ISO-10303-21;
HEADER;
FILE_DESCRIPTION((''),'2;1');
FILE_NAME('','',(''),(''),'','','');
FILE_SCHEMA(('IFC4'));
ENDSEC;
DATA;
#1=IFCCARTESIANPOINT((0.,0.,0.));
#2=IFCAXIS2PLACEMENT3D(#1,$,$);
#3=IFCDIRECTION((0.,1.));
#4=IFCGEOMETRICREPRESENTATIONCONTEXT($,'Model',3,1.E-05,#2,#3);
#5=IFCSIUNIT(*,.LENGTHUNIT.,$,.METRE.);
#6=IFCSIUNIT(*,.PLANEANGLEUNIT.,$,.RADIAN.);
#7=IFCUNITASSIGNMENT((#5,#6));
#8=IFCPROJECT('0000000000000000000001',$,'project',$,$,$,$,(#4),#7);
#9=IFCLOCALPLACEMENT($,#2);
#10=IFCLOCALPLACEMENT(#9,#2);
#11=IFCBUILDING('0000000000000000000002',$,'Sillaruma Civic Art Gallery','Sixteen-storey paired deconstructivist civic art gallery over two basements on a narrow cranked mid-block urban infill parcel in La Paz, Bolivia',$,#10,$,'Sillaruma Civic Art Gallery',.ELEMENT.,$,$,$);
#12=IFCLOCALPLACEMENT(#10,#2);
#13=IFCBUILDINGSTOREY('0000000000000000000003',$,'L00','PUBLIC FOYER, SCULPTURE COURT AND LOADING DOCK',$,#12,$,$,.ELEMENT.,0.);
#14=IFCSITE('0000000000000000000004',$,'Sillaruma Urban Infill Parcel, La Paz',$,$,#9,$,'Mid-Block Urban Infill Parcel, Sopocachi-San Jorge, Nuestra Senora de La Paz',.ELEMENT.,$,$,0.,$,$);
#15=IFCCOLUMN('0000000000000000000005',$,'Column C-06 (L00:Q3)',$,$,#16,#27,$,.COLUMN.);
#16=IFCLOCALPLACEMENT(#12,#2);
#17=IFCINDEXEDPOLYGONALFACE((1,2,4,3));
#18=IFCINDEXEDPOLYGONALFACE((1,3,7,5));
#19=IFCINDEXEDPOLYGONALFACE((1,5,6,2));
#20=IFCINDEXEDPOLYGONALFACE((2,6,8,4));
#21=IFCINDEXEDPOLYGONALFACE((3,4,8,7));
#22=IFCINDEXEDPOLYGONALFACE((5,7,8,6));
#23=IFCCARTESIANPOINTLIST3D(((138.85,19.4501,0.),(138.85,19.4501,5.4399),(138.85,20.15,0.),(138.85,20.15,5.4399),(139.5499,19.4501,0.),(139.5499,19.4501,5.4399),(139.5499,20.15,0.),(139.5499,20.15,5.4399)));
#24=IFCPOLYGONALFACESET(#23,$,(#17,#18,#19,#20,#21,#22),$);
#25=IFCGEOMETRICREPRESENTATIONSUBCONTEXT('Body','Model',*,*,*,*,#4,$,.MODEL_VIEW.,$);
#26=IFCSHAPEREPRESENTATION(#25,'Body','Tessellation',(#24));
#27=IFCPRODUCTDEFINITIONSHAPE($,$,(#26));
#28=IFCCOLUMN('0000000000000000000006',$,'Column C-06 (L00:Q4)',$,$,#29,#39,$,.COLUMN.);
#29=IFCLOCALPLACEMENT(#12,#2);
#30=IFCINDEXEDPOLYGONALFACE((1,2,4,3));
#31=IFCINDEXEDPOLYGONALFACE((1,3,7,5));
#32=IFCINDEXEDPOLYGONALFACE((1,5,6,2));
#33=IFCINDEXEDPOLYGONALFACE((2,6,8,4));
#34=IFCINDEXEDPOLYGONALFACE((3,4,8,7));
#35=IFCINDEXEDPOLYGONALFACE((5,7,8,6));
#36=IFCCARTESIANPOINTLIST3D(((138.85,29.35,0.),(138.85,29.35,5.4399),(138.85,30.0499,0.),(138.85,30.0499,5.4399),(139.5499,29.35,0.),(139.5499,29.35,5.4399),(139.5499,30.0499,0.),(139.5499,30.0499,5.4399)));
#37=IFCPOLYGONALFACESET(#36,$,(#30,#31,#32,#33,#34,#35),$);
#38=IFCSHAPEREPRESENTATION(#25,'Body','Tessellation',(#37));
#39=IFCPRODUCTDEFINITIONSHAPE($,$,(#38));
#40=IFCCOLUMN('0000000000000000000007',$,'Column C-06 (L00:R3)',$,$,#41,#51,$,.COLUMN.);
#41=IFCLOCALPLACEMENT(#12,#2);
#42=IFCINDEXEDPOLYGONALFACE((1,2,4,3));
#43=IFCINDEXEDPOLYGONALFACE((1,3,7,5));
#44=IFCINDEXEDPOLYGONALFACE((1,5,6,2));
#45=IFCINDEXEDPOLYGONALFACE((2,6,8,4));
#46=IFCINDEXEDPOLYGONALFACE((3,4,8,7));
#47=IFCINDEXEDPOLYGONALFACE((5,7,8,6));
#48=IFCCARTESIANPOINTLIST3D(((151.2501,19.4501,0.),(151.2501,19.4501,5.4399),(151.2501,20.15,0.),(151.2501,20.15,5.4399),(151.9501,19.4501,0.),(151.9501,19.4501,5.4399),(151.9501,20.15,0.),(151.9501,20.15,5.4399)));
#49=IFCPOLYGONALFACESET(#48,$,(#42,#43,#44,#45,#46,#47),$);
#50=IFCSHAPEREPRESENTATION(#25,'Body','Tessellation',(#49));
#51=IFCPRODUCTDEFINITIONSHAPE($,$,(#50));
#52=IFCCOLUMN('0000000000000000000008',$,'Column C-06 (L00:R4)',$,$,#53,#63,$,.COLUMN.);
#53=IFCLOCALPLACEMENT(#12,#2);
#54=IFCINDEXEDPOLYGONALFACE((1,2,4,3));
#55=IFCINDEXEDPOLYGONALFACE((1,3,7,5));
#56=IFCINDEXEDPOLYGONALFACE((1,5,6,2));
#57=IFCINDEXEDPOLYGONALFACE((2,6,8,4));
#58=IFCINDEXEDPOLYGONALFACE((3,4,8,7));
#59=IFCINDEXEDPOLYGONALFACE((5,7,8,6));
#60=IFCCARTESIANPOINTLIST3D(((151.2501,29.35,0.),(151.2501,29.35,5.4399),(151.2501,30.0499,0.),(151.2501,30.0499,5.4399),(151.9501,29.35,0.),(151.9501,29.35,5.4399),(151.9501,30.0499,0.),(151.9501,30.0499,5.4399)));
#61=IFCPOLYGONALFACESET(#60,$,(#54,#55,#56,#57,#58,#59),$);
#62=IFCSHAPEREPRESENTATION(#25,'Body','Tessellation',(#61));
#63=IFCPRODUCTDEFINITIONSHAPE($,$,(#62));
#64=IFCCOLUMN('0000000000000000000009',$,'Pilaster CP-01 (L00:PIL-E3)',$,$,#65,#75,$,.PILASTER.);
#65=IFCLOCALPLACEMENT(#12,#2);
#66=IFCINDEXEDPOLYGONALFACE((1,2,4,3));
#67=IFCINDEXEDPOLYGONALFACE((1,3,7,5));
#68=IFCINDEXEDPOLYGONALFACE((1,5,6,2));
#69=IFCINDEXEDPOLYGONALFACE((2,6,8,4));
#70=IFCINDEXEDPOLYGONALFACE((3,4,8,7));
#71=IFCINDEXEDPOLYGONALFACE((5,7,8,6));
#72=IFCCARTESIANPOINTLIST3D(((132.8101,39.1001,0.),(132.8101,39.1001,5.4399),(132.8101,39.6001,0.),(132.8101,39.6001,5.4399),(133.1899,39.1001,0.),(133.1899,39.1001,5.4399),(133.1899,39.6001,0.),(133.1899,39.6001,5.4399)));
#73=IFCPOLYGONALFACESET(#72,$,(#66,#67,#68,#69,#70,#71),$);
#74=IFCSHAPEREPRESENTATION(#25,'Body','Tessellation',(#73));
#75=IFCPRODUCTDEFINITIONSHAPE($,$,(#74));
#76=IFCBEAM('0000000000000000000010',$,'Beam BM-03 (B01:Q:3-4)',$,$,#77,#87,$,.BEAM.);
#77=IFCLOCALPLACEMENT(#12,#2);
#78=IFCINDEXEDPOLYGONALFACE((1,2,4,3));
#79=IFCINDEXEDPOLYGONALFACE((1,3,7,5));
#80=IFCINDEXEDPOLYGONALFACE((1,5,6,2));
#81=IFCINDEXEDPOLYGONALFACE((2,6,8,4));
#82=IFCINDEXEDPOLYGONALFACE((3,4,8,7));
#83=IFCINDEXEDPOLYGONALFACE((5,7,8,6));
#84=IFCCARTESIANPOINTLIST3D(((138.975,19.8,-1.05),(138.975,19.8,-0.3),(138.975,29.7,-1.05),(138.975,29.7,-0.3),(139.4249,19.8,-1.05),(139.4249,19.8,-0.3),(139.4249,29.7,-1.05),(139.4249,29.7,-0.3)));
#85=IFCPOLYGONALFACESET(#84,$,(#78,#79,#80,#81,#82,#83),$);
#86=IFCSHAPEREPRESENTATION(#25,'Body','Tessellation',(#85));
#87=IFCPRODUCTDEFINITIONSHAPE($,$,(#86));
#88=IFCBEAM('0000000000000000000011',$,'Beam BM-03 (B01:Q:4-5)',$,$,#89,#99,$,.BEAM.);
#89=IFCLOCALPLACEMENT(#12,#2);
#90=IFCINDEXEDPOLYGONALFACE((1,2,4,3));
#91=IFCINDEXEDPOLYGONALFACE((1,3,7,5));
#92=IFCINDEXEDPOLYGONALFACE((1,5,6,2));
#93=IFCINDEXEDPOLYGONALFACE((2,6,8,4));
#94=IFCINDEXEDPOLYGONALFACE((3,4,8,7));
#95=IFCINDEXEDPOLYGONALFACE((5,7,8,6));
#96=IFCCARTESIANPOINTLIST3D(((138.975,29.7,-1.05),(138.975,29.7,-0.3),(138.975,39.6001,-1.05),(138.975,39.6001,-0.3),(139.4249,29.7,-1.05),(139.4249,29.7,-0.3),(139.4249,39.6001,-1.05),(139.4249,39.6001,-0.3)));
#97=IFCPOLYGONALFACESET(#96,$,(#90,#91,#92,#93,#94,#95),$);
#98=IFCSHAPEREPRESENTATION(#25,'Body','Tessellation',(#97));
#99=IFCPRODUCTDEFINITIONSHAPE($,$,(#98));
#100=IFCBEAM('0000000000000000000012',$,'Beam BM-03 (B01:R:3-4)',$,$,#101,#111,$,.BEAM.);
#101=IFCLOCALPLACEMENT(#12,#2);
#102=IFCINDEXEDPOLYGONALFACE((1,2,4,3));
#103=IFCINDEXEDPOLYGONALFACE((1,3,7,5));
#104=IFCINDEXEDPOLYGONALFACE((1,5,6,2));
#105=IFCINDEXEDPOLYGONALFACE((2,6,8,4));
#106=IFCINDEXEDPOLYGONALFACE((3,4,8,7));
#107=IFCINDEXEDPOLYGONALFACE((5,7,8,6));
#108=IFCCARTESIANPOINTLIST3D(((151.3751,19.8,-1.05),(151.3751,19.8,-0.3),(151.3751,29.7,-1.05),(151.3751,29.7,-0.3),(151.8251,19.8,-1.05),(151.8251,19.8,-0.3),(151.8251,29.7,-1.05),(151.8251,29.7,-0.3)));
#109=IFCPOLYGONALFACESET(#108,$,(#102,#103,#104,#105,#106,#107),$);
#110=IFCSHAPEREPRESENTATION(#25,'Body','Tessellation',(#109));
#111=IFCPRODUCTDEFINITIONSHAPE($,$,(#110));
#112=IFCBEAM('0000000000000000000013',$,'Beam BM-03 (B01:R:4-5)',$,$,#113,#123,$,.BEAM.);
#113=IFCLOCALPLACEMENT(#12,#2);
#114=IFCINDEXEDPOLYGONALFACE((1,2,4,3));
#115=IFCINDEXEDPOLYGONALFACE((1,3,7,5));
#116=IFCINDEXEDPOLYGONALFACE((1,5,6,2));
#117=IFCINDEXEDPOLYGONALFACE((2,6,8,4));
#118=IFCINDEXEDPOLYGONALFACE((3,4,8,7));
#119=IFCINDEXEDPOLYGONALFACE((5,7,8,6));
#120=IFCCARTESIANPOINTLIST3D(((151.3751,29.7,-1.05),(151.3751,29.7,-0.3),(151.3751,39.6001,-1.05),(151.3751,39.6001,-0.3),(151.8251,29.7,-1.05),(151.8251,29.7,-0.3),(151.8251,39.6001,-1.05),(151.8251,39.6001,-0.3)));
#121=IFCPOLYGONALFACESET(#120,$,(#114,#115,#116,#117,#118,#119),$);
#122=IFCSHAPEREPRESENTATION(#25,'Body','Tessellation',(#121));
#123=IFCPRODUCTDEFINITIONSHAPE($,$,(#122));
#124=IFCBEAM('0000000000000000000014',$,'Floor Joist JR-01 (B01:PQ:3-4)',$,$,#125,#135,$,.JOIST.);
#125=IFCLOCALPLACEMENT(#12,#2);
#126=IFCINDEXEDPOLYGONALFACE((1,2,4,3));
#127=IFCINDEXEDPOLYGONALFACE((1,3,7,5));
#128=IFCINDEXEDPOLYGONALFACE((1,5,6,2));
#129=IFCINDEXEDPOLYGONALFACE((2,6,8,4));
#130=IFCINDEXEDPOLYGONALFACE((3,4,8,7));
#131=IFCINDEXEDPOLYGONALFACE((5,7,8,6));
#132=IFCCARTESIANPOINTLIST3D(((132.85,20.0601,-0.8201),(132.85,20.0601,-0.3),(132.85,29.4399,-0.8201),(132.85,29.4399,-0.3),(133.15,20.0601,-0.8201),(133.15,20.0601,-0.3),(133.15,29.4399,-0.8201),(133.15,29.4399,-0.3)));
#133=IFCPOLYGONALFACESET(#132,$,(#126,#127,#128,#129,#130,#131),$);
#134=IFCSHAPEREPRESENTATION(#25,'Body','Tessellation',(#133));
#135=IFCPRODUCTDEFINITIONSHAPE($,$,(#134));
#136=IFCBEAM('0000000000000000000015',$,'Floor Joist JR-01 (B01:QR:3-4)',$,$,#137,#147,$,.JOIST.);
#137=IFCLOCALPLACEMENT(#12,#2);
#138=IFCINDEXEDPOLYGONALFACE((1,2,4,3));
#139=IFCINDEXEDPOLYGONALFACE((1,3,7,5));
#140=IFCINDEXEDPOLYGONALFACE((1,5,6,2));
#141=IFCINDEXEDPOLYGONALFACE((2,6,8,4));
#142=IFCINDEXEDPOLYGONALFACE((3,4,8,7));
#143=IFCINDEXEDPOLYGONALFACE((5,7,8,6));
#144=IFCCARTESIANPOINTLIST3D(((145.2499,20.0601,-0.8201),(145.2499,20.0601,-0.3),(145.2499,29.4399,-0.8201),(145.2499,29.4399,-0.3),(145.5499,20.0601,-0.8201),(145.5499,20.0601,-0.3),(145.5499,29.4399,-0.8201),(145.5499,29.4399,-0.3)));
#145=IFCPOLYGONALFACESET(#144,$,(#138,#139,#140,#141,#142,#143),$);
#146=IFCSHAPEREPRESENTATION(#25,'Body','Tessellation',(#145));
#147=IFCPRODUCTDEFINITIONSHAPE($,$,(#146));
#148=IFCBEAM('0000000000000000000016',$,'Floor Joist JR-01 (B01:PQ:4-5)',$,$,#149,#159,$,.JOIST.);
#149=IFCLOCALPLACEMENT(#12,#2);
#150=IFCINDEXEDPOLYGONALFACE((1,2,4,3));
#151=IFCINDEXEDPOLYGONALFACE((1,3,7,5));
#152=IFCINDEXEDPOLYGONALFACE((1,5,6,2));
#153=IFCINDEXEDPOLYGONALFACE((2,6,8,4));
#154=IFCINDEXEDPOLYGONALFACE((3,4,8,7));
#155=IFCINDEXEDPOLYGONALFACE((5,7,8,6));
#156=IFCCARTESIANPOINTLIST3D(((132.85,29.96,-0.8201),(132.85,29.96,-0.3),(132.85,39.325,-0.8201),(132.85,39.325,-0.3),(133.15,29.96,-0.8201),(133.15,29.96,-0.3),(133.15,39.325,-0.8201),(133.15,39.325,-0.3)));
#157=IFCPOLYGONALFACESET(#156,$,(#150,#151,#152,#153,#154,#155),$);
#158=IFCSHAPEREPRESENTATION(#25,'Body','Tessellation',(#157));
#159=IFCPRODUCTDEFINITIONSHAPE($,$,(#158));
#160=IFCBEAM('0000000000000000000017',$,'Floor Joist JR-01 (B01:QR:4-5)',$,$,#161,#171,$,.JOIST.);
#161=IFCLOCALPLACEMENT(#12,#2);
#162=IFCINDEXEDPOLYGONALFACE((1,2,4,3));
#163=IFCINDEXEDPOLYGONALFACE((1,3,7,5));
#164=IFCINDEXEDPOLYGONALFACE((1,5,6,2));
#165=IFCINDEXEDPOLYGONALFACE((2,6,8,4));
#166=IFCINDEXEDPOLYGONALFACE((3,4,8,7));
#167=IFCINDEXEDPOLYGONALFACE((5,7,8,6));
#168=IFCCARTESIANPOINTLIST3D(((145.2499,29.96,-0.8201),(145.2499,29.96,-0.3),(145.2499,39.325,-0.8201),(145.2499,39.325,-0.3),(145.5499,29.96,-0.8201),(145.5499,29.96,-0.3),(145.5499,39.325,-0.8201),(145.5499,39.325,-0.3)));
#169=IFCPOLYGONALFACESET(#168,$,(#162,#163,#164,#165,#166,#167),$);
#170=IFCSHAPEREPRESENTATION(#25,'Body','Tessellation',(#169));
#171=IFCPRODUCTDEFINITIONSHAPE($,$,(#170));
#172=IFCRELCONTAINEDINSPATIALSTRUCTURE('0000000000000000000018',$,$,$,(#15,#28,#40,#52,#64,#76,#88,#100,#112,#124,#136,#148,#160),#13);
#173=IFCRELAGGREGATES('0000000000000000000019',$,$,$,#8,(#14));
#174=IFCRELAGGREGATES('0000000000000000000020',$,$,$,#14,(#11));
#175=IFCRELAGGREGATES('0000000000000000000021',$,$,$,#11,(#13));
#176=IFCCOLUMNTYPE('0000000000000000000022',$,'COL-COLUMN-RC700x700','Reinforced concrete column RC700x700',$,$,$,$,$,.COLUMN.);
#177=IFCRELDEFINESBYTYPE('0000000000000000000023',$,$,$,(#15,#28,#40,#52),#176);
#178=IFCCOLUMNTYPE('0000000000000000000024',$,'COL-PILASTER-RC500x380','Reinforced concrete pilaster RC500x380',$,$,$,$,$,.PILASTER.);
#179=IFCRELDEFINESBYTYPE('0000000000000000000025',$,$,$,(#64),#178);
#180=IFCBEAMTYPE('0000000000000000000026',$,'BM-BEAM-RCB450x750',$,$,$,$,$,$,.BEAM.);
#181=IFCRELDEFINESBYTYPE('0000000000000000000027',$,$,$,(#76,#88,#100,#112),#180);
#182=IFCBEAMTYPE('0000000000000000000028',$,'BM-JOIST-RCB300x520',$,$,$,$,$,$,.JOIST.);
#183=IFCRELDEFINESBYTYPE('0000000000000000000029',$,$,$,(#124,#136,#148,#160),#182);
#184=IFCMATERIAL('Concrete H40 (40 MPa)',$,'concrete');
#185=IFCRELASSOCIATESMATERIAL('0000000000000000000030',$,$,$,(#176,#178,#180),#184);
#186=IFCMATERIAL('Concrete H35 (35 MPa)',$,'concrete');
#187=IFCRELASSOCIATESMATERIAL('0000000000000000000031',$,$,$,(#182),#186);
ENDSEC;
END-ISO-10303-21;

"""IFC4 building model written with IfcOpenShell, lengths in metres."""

from ifc_helpers import new_model, si_unit, direction, frame, origin, origin_2d, place, context, subcontext, project, spatial, rectangle, extrude, material, material_profile, profile_set, type_object, element, save


model = new_model("IFC4")

# Units and contexts
model_context = context("Model", 3, precision=1e-05, world=origin(), true_north=direction((0.0, 1.0)))
body_context = subcontext(model_context, "Body", "Model", "MODEL_VIEW")
ifc_project = project(units=[si_unit("LENGTHUNIT", "METRE"), si_unit("PLANEANGLEUNIT", "RADIAN")], contexts=[model_context])

# Site, building, storey
site_placement = place(None, origin())
site = spatial("IfcSite", under=ifc_project, at=site_placement, Name="Sillaruma Urban Infill Parcel, La Paz", LongName="Mid-Block Urban Infill Parcel, Sopocachi-San Jorge, Nuestra Senora de La Paz", CompositionType="ELEMENT", RefElevation=0.0)
building_placement = place(site_placement, origin())
building = spatial("IfcBuilding", under=site, at=building_placement, Name="Sillaruma Civic Art Gallery", Description="Sixteen-storey paired deconstructivist civic art gallery over two basements on a narrow cranked mid-block urban infill parcel in La Paz, Bolivia", LongName="Sillaruma Civic Art Gallery", CompositionType="ELEMENT")
storey_placement = place(building_placement, origin())
storey = spatial("IfcBuildingStorey", under=building, at=storey_placement, Name="L00", Description="PUBLIC FOYER, SCULPTURE COURT AND LOADING DOCK", CompositionType="ELEMENT", Elevation=0.0)

# Columns
ifc_material_1 = material(Name="Concrete H40 (40 MPa)", Category="concrete")
ifc_material_profile_1 = material_profile(ifc_material_1, rectangle(XDim=0.7, YDim=0.7, at=origin_2d()), Name="RC700x700")
ifc_profile_set_1 = profile_set([ifc_material_profile_1], Name="Concrete H40 (40 MPa)")
column_type_1 = type_object("IfcColumnType", Name="COL-COLUMN-RC700x700", Description="Reinforced concrete column RC700x700", PredefinedType="COLUMN", material=ifc_profile_set_1)
for number, where, z_axis, x_axis, name in (
    (1, (139.2, 19.8, 0.0), (0.0, 0.0, 1.0), (1.0, 0.0, 0.0), "Column C-06 (L00:Q3)"),
    (2, (139.2, 29.7, 0.0), (0.0, 0.0, 1.0), (1.0, 0.0, 0.0), "Column C-06 (L00:Q4)"),
    (3, (151.6001, 19.8, 0.0), (0.0, 0.0, 1.0), (1.0, 0.0, 0.0), "Column C-06 (L00:R3)"),
    (4, (151.6001, 29.7, 0.0), (0.0, 0.0, 1.0), (1.0, 0.0, 0.0), "Column C-06 (L00:R4)"),
):
    element("IfcColumn", number, at=place(storey_placement, frame(where, z_axis=z_axis, x_axis=x_axis)), inside=storey, type_object=column_type_1, Name=name, PredefinedType="COLUMN", context=body_context, shape_type="SweptSolid", body=[
        extrude(rectangle(XDim=0.7, YDim=0.7, at=origin_2d()), origin(), (0.0, 0.0, 1.0), 5.4399),
    ])
ifc_material_profile_2 = material_profile(ifc_material_1, rectangle(XDim=0.3799, YDim=0.5, at=origin_2d()), Name="RC500x380")
ifc_profile_set_2 = profile_set([ifc_material_profile_2], Name="Concrete H40 (40 MPa)")
column_type_2 = type_object("IfcColumnType", Name="COL-PILASTER-RC500x380", Description="Reinforced concrete pilaster RC500x380", PredefinedType="PILASTER", material=ifc_profile_set_2)
column_placement = place(storey_placement, frame((133.0, 39.3501, 0.0), z_axis=(0.0, 0.0, 1.0), x_axis=(1.0, 0.0, 0.0)))
element("IfcColumn", 5, at=column_placement, inside=storey, type_object=column_type_2, Name="Pilaster CP-01 (L00:PIL-E3)", PredefinedType="PILASTER", context=body_context, shape_type="SweptSolid", body=[
    extrude(rectangle(XDim=0.3799, YDim=0.5, at=origin_2d()), origin(), (0.0, 0.0, 1.0), 5.4399),
])

# Beams
ifc_material_profile_3 = material_profile(ifc_material_1, rectangle(XDim=0.45, YDim=0.75, at=origin_2d()), Name="RCB450x750")
ifc_profile_set_3 = profile_set([ifc_material_profile_3], Name="Concrete H40 (40 MPa)")
beam_type_1 = type_object("IfcBeamType", Name="BM-BEAM-RCB450x750", PredefinedType="BEAM", material=ifc_profile_set_3)
beam_1_placement = place(storey_placement, frame((139.2, 19.8, -0.675), z_axis=(0.0, 1.0, 0.0), x_axis=(-1.0, 0.0, 0.0)))
element("IfcBeam", 6, at=beam_1_placement, inside=storey, type_object=beam_type_1, Name="Beam BM-03 (B01:Q:3-4)", PredefinedType="BEAM", context=body_context, shape_type="SweptSolid", body=[
    extrude(rectangle(XDim=0.45, YDim=0.75, at=origin_2d()), origin(), (0.0, 0.0, 1.0), 9.8999),
])
beam_2_placement = place(storey_placement, frame((139.2, 29.7, -0.675), z_axis=(0.0, 1.0, 0.0), x_axis=(-1.0, 0.0, 0.0)))
element("IfcBeam", 7, at=beam_2_placement, inside=storey, type_object=beam_type_1, Name="Beam BM-03 (B01:Q:4-5)", PredefinedType="BEAM", context=body_context, shape_type="SweptSolid", body=[
    extrude(rectangle(XDim=0.45, YDim=0.75, at=origin_2d()), origin(), (0.0, 0.0, 1.0), 9.9001),
])
beam_3_placement = place(storey_placement, frame((151.6001, 19.8, -0.675), z_axis=(0.0, 1.0, 0.0), x_axis=(-1.0, 0.0, 0.0)))
element("IfcBeam", 8, at=beam_3_placement, inside=storey, type_object=beam_type_1, Name="Beam BM-03 (B01:R:3-4)", PredefinedType="BEAM", context=body_context, shape_type="SweptSolid", body=[
    extrude(rectangle(XDim=0.45, YDim=0.75, at=origin_2d()), origin(), (0.0, 0.0, 1.0), 9.8999),
])
beam_4_placement = place(storey_placement, frame((151.6001, 29.7, -0.675), z_axis=(0.0, 1.0, 0.0), x_axis=(-1.0, 0.0, 0.0)))
element("IfcBeam", 9, at=beam_4_placement, inside=storey, type_object=beam_type_1, Name="Beam BM-03 (B01:R:4-5)", PredefinedType="BEAM", context=body_context, shape_type="SweptSolid", body=[
    extrude(rectangle(XDim=0.45, YDim=0.75, at=origin_2d()), origin(), (0.0, 0.0, 1.0), 9.9001),
])
ifc_material_2 = material(Name="Concrete H35 (35 MPa)", Category="concrete")
ifc_material_profile_4 = material_profile(ifc_material_2, rectangle(XDim=0.3, YDim=0.52, at=origin_2d()), Name="RCB300x520")
ifc_profile_set_4 = profile_set([ifc_material_profile_4], Name="Concrete H35 (35 MPa)")
beam_type_2 = type_object("IfcBeamType", Name="BM-JOIST-RCB300x520", PredefinedType="JOIST", material=ifc_profile_set_4)
for number, where, z_axis, x_axis, name in (
    (10, (133.0, 20.0601, -0.5601), (0.0, 1.0, 0.0), (-1.0, 0.0, 0.0), "Floor Joist JR-01 (B01:PQ:3-4)"),
    (11, (145.3999, 20.0601, -0.5601), (0.0, 1.0, 0.0), (-1.0, 0.0, 0.0), "Floor Joist JR-01 (B01:QR:3-4)"),
):
    element("IfcBeam", number, at=place(storey_placement, frame(where, z_axis=z_axis, x_axis=x_axis)), inside=storey, type_object=beam_type_2, Name=name, PredefinedType="JOIST", context=body_context, shape_type="SweptSolid", body=[
        extrude(rectangle(XDim=0.3, YDim=0.52, at=origin_2d()), origin(), (0.0, 0.0, 1.0), 9.3799),
    ])
for number, where, z_axis, x_axis, name in (
    (12, (133.0, 29.96, -0.5601), (0.0, 1.0, 0.0), (-1.0, 0.0, 0.0), "Floor Joist JR-01 (B01:PQ:4-5)"),
    (13, (145.3999, 29.96, -0.5601), (0.0, 1.0, 0.0), (-1.0, 0.0, 0.0), "Floor Joist JR-01 (B01:QR:4-5)"),
):
    element("IfcBeam", number, at=place(storey_placement, frame(where, z_axis=z_axis, x_axis=x_axis)), inside=storey, type_object=beam_type_2, Name=name, PredefinedType="JOIST", context=body_context, shape_type="SweptSolid", body=[
        extrude(rectangle(XDim=0.3, YDim=0.52, at=origin_2d()), origin(), (0.0, 0.0, 1.0), 9.365),
    ])

save(model, "model.ifc")
